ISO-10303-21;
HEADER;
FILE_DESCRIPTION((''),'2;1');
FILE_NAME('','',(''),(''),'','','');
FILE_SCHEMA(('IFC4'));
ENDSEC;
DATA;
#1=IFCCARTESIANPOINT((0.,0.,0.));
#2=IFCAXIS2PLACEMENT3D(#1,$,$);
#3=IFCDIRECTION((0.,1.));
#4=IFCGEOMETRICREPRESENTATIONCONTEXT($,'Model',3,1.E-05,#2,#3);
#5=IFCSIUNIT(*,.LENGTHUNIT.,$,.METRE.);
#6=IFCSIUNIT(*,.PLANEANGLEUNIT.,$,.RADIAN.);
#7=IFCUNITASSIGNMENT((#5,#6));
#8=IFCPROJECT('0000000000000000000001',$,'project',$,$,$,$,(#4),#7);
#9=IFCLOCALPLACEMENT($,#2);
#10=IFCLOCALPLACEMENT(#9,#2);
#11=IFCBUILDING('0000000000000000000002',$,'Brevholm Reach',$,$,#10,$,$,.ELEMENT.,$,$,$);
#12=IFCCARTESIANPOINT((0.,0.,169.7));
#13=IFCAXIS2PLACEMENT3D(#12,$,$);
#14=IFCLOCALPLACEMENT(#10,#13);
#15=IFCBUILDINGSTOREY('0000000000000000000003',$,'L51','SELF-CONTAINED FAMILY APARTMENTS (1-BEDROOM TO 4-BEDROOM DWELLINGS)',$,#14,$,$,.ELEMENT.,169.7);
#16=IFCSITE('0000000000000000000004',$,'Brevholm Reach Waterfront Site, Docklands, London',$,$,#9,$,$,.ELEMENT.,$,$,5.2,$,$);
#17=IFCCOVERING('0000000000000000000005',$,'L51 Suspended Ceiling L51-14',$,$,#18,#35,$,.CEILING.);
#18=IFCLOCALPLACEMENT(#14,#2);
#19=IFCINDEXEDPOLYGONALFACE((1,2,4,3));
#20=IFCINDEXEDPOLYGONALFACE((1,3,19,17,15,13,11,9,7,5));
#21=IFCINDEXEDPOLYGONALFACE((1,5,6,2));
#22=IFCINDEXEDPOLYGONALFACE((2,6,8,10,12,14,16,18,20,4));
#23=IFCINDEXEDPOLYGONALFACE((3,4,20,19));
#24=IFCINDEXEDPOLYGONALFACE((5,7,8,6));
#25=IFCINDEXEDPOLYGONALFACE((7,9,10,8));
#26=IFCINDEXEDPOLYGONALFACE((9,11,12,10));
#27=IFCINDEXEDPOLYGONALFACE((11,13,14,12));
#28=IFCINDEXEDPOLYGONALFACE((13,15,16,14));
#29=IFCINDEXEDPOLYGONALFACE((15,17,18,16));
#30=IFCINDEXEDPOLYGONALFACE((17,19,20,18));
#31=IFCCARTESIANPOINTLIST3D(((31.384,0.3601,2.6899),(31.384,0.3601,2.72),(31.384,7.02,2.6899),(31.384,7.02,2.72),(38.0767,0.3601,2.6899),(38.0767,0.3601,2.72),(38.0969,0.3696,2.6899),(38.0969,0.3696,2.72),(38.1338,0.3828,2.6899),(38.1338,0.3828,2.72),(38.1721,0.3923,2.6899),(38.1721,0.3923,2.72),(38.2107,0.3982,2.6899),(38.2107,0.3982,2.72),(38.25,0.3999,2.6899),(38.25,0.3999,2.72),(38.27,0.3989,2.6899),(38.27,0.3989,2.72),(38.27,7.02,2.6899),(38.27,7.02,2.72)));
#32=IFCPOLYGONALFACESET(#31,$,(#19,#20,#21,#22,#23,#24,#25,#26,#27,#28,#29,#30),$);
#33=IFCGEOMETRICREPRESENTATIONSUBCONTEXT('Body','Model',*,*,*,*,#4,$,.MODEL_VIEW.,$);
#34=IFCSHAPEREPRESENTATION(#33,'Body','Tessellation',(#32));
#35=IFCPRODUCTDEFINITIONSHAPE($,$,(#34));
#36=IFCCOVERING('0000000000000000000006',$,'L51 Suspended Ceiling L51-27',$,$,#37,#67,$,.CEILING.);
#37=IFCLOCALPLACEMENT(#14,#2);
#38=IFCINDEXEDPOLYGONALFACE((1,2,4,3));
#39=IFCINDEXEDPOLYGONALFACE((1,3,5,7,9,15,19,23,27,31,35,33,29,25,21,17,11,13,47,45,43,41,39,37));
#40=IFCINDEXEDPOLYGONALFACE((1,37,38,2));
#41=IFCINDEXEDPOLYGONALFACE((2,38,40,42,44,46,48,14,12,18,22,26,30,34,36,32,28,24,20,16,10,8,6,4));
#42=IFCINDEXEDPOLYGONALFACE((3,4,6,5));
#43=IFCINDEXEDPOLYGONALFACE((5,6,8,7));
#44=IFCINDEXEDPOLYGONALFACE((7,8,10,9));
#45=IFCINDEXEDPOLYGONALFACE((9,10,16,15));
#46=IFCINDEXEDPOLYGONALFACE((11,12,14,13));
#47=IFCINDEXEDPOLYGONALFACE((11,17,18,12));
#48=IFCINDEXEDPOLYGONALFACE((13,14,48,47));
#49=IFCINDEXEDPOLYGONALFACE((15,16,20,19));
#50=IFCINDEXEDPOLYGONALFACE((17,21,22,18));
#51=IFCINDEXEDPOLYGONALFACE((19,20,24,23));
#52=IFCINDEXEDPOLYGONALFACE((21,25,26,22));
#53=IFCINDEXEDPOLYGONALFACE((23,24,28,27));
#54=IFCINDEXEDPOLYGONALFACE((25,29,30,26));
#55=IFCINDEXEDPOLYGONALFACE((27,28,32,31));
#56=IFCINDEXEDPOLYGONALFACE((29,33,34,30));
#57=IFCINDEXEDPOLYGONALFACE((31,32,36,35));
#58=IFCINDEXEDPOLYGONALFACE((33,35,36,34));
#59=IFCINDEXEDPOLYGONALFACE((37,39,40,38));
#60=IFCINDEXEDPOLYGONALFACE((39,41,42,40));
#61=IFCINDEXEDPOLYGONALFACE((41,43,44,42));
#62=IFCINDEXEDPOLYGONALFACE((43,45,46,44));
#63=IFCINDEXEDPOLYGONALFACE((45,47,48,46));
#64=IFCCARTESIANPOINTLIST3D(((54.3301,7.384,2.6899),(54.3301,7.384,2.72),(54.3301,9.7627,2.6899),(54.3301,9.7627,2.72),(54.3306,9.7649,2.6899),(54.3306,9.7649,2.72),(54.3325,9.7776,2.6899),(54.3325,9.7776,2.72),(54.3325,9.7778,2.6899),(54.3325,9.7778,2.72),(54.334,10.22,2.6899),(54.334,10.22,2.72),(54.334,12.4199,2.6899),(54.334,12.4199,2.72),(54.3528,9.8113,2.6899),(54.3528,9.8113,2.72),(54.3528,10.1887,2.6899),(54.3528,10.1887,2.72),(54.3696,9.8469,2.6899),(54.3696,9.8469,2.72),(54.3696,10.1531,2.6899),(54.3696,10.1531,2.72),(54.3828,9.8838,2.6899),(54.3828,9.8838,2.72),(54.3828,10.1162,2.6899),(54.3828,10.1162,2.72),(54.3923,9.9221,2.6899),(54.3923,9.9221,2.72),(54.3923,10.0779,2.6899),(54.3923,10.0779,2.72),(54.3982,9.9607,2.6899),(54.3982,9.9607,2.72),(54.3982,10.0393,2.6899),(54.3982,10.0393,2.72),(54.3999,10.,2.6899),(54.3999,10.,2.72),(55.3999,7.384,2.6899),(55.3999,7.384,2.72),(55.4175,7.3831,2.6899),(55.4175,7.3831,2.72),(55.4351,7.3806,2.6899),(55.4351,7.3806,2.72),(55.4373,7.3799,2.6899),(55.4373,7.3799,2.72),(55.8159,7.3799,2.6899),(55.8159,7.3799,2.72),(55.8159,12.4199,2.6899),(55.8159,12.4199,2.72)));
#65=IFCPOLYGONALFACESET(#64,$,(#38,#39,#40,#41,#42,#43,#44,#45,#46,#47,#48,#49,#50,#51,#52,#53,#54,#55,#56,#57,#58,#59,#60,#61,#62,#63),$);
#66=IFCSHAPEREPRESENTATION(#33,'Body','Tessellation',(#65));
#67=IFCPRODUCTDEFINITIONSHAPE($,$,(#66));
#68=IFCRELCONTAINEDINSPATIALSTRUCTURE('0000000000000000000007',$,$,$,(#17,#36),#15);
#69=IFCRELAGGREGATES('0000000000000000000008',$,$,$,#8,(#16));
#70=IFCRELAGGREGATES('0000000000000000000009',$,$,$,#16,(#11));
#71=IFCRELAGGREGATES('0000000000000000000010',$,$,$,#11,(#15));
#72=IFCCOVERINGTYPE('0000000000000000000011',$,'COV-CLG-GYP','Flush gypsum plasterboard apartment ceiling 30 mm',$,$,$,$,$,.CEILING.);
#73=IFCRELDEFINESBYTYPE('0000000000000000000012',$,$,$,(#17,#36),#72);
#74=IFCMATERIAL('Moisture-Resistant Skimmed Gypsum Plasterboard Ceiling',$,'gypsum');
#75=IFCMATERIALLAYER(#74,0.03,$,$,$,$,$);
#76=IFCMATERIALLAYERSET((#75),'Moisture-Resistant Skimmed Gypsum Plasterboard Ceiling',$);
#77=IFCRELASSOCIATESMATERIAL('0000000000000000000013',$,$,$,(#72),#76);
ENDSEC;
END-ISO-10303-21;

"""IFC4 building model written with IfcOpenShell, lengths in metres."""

from ifc_helpers import new_model, si_unit, direction, frame, origin, place, context, subcontext, project, spatial, polyline, outline, extrude, material, layer, layer_set, type_object, element, save


model = new_model("IFC4")

# Units and contexts
model_context = context("Model", 3, precision=1e-05, world=origin(), true_north=direction((0.0, 1.0)))
body_context = subcontext(model_context, "Body", "Model", "MODEL_VIEW")
ifc_project = project(units=[si_unit("LENGTHUNIT", "METRE"), si_unit("PLANEANGLEUNIT", "RADIAN")], contexts=[model_context])

# Site, building, storey
site_placement = place(None, origin())
site = spatial("IfcSite", under=ifc_project, at=site_placement, Name="Brevholm Reach Waterfront Site, Docklands, London", CompositionType="ELEMENT", RefElevation=5.2)
building_placement = place(site_placement, origin())
building = spatial("IfcBuilding", under=site, at=building_placement, Name="Brevholm Reach", CompositionType="ELEMENT")
storey_placement = place(building_placement, frame((0.0, 0.0, 169.7)))
storey = spatial("IfcBuildingStorey", under=building, at=storey_placement, Name="L51", Description="SELF-CONTAINED FAMILY APARTMENTS (1-BEDROOM TO 4-BEDROOM DWELLINGS)", CompositionType="ELEMENT", Elevation=169.7)

# Coverings
ifc_material_1 = material(Name="Moisture-Resistant Skimmed Gypsum Plasterboard Ceiling", Category="gypsum")
ifc_layer_1 = layer(ifc_material_1, 0.03)
ifc_layer_set_1 = layer_set([ifc_layer_1], Name="Moisture-Resistant Skimmed Gypsum Plasterboard Ceiling")
covering_type_1 = type_object("IfcCoveringType", Name="COV-CLG-GYP", Description="Flush gypsum plasterboard apartment ceiling 30 mm", PredefinedType="CEILING", material=ifc_layer_set_1)
covering_1_placement = place(storey_placement, frame((0.0, 0.0, 2.6899)))
element("IfcCovering", 1, at=covering_1_placement, inside=storey, type_object=covering_type_1, Name="L51 Suspended Ceiling L51-14", PredefinedType="CEILING", context=body_context, shape_type="SweptSolid", body=[
    extrude(outline(polyline([(38.27, 7.02), (38.27, 0.3989), (38.25, 0.3999), (38.2107, 0.3982), (38.1721, 0.3923), (38.1338, 0.3828), (38.0969, 0.3696), (38.0767, 0.3601), (31.384, 0.3601), (31.384, 7.02), (38.27, 7.02)])), origin(), (0.0, 0.0, 1.0), 0.03),
])
covering_2_placement = place(storey_placement, frame((0.0, 0.0, 2.6899)))
element("IfcCovering", 2, at=covering_2_placement, inside=storey, type_object=covering_type_1, Name="L51 Suspended Ceiling L51-27", PredefinedType="CEILING", context=body_context, shape_type="SweptSolid", body=[
    extrude(outline(polyline([(54.3301, 9.7627), (54.3306, 9.7649), (54.3325, 9.7776), (54.3325, 9.7778), (54.3528, 9.8113), (54.3696, 9.8469), (54.3828, 9.8838), (54.3923, 9.9221), (54.3982, 9.9607), (54.3999, 10.0), (54.3982, 10.0393), (54.3923, 10.0779), (54.3828, 10.1162), (54.3696, 10.1531), (54.3528, 10.1887), (54.334, 10.22), (54.334, 12.4199), (55.8159, 12.4199), (55.8159, 7.3799), (55.4373, 7.3799), (55.4351, 7.3806), (55.4175, 7.3831), (55.3999, 7.384), (54.3301, 7.384), (54.3301, 9.7627)])), origin(), (0.0, 0.0, 1.0), 0.03),
])

save(model, "model.ifc")
